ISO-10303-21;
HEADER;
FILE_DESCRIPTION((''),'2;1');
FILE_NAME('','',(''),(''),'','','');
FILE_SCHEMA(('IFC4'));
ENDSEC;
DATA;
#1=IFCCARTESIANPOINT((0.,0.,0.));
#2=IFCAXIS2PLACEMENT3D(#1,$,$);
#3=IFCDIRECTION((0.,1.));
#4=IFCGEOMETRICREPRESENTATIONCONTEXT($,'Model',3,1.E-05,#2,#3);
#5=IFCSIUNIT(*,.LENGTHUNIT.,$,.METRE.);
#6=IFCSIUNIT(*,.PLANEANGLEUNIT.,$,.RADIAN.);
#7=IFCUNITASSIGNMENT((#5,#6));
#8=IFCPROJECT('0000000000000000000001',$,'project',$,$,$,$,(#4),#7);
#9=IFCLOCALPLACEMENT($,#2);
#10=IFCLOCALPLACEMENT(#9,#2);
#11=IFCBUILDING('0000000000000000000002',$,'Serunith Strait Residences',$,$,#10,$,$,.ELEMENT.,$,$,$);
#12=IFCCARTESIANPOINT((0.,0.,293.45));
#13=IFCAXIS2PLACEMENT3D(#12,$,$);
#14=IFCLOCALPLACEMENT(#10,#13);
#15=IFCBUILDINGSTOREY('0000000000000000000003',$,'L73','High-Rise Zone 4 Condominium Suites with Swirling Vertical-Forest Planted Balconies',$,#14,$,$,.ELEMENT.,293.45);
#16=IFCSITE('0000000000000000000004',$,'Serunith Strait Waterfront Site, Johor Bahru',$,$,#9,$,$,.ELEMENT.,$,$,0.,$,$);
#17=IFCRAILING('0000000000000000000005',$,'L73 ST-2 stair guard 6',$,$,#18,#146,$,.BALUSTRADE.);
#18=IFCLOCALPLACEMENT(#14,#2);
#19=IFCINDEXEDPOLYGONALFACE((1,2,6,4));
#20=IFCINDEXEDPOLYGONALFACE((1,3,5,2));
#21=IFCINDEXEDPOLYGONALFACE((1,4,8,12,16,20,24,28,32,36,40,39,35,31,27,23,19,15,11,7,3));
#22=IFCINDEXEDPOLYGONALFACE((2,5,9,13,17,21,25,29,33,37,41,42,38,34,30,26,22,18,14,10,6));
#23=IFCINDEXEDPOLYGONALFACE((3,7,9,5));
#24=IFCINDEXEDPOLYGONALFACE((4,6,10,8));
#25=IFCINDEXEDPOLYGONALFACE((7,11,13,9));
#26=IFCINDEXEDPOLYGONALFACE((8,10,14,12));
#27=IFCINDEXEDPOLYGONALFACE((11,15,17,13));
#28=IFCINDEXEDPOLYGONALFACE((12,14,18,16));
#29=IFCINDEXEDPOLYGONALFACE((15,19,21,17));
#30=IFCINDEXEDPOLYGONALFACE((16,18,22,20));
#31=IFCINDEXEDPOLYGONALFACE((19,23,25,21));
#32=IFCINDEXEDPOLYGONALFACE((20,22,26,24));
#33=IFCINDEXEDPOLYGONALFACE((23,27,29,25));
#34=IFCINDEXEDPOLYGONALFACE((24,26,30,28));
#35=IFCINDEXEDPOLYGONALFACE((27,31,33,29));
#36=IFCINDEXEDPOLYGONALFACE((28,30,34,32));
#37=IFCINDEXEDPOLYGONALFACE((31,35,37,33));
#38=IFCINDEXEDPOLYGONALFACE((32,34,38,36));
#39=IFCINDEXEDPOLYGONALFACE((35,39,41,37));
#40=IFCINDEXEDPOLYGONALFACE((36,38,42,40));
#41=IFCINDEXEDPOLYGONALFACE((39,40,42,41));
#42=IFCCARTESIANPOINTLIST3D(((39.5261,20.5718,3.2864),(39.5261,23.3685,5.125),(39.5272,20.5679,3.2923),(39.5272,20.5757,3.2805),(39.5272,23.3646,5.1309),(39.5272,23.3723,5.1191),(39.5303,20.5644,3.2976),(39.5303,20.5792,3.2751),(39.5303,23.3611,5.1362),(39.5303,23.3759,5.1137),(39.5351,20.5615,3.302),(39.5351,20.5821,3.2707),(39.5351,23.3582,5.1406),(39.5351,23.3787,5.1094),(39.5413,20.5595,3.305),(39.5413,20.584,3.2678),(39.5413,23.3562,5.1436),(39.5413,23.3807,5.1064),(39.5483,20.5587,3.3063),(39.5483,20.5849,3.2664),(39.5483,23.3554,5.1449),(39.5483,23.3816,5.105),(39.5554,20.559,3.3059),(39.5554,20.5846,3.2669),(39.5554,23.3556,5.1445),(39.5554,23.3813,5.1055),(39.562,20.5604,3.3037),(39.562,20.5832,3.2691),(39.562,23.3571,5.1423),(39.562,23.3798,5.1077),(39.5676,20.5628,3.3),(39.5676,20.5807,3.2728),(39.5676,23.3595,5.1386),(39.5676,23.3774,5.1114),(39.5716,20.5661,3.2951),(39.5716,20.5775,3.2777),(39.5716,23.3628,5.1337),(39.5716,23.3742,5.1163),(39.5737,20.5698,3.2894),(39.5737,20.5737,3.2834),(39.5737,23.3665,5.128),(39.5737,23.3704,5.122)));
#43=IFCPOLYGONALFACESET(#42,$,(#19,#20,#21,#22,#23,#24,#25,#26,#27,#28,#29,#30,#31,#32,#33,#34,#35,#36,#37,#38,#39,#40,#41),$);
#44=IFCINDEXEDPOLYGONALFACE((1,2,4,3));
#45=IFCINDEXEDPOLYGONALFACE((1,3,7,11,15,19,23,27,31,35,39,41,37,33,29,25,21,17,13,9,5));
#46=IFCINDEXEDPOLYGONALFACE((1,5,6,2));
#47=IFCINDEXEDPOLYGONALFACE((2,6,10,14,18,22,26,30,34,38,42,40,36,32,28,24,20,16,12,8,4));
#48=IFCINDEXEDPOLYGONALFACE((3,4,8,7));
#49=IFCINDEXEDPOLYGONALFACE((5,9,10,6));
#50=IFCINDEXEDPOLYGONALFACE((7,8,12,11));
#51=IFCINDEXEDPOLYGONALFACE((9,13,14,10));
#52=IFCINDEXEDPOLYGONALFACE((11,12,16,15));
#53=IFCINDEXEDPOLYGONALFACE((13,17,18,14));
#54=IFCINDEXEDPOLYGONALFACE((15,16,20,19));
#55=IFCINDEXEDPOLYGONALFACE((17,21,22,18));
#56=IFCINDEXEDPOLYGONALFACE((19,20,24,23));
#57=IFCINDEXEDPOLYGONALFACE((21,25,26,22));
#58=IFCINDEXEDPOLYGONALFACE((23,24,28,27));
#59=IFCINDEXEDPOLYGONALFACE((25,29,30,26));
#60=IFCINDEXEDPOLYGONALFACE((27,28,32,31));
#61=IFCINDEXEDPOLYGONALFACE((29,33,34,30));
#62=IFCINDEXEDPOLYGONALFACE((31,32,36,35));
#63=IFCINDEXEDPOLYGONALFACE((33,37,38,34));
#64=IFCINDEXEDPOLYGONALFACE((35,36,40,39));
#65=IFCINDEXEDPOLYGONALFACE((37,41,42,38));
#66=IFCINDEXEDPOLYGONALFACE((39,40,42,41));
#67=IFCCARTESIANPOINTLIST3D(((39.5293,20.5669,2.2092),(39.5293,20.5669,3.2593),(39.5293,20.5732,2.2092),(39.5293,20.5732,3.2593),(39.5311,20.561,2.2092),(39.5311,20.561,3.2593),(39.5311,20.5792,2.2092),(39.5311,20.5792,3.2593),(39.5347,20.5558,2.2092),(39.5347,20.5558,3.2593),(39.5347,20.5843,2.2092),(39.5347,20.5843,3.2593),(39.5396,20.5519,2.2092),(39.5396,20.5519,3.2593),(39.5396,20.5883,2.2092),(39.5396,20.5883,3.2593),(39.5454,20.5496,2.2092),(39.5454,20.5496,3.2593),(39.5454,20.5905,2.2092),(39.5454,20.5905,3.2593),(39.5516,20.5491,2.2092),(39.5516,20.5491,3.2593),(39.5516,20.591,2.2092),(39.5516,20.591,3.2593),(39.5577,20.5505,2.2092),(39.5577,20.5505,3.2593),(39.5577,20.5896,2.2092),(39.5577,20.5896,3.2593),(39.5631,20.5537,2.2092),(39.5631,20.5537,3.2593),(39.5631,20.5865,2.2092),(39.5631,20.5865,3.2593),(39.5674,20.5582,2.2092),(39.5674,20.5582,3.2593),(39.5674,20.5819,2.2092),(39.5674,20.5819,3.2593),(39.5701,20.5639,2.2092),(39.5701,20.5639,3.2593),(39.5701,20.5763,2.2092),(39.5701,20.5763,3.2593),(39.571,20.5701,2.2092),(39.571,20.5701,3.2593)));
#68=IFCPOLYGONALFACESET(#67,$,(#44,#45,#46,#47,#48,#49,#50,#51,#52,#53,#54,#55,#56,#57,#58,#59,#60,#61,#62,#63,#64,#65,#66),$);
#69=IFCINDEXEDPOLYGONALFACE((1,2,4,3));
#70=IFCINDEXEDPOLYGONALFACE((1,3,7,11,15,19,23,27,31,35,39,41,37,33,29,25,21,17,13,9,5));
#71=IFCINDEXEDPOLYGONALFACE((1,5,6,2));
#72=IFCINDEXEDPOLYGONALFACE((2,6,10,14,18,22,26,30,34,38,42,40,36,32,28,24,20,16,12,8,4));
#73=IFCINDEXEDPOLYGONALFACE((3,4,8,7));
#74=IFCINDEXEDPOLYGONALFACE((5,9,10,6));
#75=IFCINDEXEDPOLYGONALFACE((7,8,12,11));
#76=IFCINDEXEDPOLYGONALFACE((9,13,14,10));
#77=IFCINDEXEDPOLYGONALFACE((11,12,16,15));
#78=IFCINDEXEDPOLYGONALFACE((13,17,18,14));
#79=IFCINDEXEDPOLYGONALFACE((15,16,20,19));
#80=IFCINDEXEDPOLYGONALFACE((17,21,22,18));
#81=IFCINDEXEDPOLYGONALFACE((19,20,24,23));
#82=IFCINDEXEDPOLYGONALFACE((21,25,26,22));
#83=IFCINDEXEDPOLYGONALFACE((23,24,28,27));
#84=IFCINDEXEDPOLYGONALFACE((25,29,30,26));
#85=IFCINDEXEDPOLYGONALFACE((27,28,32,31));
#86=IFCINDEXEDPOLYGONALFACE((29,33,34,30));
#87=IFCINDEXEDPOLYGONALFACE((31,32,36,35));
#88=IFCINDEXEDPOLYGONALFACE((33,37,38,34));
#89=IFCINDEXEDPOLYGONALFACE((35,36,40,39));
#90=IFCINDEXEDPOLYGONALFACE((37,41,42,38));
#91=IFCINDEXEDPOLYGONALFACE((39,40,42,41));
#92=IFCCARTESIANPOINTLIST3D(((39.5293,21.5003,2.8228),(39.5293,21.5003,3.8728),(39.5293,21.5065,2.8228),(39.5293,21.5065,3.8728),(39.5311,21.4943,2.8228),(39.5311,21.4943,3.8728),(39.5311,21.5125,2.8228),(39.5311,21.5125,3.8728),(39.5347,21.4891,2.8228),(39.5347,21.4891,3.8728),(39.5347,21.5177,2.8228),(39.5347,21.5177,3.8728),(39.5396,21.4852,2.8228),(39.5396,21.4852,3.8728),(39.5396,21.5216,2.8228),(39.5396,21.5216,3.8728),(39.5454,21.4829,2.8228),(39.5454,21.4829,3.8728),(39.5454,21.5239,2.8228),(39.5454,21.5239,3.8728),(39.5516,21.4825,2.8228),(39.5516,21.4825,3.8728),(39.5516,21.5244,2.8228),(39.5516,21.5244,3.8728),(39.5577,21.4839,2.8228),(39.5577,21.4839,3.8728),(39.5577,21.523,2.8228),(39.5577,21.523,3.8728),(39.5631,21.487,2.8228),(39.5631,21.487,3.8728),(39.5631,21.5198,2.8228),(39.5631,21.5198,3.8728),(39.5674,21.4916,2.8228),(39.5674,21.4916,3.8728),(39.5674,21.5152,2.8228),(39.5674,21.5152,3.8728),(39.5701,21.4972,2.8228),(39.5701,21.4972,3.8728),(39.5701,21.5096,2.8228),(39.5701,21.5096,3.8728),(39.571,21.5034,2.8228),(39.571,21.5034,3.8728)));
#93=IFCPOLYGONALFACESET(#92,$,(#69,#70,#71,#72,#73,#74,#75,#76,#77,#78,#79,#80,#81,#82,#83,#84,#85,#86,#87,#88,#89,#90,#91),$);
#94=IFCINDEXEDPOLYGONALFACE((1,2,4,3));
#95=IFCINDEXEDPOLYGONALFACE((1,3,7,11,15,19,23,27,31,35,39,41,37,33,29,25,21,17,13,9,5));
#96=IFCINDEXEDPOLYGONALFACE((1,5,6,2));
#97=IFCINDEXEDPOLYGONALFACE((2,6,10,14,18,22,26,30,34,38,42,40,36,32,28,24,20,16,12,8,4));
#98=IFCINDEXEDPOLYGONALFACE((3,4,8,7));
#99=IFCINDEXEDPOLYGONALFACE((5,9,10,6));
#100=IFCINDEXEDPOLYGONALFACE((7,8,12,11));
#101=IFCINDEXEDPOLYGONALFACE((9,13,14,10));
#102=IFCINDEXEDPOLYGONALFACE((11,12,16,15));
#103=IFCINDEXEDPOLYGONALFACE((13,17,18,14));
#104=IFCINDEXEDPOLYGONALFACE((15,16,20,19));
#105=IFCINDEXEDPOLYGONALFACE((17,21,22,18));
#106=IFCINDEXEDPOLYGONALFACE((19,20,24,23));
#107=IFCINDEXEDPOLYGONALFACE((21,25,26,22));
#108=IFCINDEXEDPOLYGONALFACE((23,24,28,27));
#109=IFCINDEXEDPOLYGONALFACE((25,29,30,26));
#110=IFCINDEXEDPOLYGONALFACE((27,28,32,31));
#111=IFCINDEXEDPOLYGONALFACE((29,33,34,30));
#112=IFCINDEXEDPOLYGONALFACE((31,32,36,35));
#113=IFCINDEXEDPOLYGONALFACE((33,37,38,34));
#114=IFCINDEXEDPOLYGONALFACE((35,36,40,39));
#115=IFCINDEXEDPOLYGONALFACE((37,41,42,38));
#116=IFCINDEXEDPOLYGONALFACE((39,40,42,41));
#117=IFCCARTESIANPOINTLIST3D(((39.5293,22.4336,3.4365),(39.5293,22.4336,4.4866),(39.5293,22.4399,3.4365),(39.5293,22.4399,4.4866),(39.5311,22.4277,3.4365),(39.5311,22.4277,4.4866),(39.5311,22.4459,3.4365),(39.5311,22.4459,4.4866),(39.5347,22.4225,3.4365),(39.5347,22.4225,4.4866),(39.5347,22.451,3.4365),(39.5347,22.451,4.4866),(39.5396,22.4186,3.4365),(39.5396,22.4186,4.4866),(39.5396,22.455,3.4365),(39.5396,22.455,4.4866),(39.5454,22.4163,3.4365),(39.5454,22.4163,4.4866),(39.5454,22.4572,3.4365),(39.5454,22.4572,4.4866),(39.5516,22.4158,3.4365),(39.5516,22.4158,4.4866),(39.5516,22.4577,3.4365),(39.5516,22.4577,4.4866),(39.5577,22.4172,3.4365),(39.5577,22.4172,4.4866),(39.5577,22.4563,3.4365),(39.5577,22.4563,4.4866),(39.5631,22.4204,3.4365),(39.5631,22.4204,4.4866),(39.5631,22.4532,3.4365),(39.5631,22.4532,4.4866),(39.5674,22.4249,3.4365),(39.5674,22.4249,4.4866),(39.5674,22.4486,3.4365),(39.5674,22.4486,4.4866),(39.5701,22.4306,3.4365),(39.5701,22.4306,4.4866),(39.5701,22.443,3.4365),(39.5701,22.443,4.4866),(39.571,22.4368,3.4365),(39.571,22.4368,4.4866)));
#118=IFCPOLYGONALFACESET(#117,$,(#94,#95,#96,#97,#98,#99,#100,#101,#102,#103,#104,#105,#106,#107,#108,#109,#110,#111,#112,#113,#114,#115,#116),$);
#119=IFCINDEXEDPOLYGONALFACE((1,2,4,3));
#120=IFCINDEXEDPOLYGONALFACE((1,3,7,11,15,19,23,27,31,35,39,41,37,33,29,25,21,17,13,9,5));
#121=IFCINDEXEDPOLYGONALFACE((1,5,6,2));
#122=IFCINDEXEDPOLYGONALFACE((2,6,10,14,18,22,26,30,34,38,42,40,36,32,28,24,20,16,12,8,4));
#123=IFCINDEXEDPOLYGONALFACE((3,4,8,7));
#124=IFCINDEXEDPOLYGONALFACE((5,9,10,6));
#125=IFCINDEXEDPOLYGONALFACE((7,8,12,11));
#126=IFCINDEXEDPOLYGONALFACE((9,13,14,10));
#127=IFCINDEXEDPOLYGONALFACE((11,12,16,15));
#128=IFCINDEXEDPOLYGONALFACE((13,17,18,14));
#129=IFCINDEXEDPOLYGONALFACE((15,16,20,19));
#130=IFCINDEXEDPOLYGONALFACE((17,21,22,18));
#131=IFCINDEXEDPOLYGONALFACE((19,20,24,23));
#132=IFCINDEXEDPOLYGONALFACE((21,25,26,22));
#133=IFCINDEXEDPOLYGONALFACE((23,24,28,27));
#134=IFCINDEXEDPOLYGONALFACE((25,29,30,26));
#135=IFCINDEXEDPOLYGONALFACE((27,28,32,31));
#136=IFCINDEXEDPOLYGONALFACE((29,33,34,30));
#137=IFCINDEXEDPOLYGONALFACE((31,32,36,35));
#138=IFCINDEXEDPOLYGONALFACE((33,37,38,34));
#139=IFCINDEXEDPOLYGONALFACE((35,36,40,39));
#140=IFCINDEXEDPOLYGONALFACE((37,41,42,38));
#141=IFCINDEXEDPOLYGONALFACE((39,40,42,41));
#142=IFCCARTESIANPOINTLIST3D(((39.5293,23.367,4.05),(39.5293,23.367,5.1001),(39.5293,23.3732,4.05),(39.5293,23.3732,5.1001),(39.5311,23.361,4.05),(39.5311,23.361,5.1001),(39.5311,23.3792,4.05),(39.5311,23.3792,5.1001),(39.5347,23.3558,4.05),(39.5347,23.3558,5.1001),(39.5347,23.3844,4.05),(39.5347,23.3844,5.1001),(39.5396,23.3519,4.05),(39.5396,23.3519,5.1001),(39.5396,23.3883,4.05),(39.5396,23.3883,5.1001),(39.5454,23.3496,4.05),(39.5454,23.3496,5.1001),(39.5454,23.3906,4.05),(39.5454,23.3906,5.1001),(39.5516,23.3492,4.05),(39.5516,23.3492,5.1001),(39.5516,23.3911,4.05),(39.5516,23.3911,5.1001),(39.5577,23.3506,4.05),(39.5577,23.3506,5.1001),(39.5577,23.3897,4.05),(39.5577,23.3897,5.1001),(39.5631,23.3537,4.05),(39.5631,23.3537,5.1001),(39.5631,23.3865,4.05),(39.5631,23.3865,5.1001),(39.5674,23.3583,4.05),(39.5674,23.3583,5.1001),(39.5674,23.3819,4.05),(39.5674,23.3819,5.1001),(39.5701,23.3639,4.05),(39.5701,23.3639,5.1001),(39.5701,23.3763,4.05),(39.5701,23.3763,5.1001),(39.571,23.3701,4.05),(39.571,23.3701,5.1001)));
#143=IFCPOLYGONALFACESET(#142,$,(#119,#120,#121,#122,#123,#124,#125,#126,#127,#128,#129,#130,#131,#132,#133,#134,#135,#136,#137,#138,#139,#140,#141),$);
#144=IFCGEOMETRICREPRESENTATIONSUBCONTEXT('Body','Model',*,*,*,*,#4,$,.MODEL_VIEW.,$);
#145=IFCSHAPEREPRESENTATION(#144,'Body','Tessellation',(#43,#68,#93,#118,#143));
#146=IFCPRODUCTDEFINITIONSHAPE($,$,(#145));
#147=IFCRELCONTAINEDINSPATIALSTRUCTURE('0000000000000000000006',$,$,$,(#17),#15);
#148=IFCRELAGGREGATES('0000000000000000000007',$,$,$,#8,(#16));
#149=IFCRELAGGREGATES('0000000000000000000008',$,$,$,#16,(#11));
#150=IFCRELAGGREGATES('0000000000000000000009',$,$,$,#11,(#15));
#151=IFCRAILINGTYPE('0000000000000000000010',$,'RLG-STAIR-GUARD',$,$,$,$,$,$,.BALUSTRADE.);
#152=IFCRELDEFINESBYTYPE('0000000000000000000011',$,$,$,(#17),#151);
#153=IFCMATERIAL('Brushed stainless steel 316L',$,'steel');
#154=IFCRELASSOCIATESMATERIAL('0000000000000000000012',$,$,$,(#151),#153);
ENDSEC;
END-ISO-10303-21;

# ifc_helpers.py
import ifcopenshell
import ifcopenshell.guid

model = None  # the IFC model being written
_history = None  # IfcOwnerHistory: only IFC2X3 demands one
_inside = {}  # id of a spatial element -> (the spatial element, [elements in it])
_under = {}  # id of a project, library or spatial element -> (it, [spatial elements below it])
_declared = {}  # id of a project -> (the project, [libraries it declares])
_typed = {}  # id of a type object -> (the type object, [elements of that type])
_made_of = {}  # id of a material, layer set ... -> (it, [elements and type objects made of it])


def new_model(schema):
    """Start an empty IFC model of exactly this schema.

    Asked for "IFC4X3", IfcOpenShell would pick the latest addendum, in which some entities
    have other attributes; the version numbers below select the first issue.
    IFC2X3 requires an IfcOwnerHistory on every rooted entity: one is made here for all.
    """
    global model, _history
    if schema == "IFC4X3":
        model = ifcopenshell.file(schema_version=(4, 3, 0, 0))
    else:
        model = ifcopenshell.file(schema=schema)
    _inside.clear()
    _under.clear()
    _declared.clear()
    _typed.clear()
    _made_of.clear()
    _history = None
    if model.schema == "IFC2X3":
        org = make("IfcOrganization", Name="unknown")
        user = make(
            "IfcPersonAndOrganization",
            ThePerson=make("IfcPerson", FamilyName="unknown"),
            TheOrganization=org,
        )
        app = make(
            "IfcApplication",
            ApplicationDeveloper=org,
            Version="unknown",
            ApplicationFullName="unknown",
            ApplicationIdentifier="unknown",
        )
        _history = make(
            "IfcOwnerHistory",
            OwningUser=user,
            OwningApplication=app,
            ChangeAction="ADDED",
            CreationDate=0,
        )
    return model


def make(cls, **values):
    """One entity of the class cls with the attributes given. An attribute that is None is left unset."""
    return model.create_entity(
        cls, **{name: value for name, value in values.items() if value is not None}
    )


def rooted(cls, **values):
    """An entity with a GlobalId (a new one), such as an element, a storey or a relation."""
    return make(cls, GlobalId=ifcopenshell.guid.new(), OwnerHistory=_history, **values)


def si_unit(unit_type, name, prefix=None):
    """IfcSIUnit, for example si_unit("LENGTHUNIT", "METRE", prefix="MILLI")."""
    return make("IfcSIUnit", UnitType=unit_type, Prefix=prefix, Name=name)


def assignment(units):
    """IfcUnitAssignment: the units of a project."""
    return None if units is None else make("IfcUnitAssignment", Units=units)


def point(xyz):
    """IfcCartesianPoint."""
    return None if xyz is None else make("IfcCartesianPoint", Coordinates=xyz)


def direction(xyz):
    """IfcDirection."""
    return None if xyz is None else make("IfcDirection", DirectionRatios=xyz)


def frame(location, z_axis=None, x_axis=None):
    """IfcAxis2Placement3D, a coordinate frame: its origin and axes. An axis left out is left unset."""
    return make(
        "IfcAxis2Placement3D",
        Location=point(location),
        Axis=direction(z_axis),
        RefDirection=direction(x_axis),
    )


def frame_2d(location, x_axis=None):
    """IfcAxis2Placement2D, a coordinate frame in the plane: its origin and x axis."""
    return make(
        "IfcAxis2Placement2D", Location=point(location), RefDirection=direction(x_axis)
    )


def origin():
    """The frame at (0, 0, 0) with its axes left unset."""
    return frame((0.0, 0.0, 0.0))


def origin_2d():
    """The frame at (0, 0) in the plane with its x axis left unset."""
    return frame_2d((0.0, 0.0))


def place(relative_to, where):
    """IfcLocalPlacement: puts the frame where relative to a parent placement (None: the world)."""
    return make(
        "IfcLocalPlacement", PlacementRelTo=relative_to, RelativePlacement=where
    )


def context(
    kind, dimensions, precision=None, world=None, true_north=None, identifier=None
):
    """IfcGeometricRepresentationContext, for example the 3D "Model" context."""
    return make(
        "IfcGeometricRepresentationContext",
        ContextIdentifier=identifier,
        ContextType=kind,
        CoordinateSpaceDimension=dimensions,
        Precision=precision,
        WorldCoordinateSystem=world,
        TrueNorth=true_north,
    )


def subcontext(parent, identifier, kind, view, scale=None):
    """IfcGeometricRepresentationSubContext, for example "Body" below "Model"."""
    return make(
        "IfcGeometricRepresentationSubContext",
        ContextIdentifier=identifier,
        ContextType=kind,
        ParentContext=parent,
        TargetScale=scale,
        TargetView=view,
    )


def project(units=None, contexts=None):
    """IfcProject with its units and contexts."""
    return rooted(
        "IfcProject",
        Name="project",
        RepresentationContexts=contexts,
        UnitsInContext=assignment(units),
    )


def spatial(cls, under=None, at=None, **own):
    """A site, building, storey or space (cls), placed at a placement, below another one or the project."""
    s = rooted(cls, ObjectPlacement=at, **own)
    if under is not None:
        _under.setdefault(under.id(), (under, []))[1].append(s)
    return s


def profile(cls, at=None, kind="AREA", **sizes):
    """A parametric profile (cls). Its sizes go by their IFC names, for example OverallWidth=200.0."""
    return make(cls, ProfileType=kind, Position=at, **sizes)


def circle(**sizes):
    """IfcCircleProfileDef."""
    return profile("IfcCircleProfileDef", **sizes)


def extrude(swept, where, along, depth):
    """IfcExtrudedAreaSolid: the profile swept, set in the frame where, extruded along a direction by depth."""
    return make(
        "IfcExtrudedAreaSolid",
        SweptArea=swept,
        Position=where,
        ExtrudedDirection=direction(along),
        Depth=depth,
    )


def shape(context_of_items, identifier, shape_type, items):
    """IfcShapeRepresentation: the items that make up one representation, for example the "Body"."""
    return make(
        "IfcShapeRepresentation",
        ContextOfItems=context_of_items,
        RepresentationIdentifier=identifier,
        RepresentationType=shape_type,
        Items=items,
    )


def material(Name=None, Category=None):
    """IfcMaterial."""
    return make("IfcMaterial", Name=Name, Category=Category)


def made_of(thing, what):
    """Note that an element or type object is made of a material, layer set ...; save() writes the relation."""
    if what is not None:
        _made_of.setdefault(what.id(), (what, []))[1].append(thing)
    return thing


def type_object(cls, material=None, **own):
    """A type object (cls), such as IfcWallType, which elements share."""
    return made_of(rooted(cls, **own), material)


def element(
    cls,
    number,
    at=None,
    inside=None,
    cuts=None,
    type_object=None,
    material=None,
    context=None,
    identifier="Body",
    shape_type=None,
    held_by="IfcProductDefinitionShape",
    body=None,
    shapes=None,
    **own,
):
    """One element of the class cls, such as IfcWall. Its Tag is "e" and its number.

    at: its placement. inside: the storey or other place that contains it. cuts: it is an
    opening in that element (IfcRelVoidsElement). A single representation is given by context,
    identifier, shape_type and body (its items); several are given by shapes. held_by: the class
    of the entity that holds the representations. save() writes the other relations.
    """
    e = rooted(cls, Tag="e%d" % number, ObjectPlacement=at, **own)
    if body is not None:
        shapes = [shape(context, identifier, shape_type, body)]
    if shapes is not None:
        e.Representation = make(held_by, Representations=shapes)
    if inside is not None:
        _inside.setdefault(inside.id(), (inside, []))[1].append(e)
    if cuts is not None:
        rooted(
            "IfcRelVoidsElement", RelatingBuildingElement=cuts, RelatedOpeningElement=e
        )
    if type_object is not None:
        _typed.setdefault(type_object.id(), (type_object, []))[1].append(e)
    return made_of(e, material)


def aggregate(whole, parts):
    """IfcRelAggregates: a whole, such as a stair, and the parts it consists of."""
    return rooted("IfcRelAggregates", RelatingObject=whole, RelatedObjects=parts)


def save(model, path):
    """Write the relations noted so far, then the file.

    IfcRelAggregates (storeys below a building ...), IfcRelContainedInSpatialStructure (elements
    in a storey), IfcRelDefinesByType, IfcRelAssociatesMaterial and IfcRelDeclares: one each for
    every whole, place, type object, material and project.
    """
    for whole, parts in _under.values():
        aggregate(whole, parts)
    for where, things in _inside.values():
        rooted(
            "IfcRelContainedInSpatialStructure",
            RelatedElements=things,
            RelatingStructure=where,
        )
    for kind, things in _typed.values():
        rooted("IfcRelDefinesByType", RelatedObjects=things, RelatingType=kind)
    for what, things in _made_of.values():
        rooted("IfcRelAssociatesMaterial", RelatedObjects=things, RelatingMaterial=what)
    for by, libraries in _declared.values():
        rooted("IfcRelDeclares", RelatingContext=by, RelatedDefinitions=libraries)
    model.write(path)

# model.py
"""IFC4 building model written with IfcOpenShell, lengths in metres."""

from ifc_helpers import new_model, si_unit, direction, frame, origin, origin_2d, place, context, subcontext, project, spatial, circle, extrude, material, type_object, element, save


model = new_model("IFC4")

# Units and contexts
model_context = context("Model", 3, precision=1e-05, world=origin(), true_north=direction((0.0, 1.0)))
body_context = subcontext(model_context, "Body", "Model", "MODEL_VIEW")
ifc_project = project(units=[si_unit("LENGTHUNIT", "METRE"), si_unit("PLANEANGLEUNIT", "RADIAN")], contexts=[model_context])

# Site, building, storey
site_placement = place(None, origin())
site = spatial("IfcSite", under=ifc_project, at=site_placement, Name="Serunith Strait Waterfront Site, Johor Bahru", CompositionType="ELEMENT", RefElevation=0.0)
building_placement = place(site_placement, origin())
building = spatial("IfcBuilding", under=site, at=building_placement, Name="Serunith Strait Residences", CompositionType="ELEMENT")
storey_placement = place(building_placement, frame((0.0, 0.0, 293.45)))
storey = spatial("IfcBuildingStorey", under=building, at=storey_placement, Name="L73", Description="High-Rise Zone 4 Condominium Suites with Swirling Vertical-Forest Planted Balconies", CompositionType="ELEMENT", Elevation=293.45)

# Railing
ifc_material_1 = material(Name="Brushed stainless steel 316L", Category="steel")
railing_type_1 = type_object("IfcRailingType", Name="RLG-STAIR-GUARD", PredefinedType="BALUSTRADE", material=ifc_material_1)
railing_1_placement = place(storey_placement, frame((39.55, 20.5701, 2.2092)))
element("IfcRailing", 1, at=railing_1_placement, inside=storey, type_object=railing_type_1, Name="L73 ST-2 stair guard 6", PredefinedType="BALUSTRADE", context=body_context, shape_type="SweptSolid", body=[
    extrude(circle(Radius=0.0239, at=origin_2d()), frame((0.0, 0.0017, 1.0771), z_axis=(0.0, 0.835598, 0.549342), x_axis=(-1.0, 0.0, 0.0)), (0.0, 0.0, 1.0), 3.3469),
    extrude(circle(Radius=0.021, at=origin_2d()), origin(), (0.0, 0.0, 1.0), 1.05),
    extrude(circle(Radius=0.021, at=origin_2d()), frame((0.0, 0.9333, 0.6135)), (0.0, 0.0, 1.0), 1.05),
    extrude(circle(Radius=0.021, at=origin_2d()), frame((0.0, 1.8667, 1.2273)), (0.0, 0.0, 1.0), 1.05),
    extrude(circle(Radius=0.021, at=origin_2d()), frame((0.0, 2.8, 1.8408)), (0.0, 0.0, 1.0), 1.05),
])

save(model, "model.ifc")
